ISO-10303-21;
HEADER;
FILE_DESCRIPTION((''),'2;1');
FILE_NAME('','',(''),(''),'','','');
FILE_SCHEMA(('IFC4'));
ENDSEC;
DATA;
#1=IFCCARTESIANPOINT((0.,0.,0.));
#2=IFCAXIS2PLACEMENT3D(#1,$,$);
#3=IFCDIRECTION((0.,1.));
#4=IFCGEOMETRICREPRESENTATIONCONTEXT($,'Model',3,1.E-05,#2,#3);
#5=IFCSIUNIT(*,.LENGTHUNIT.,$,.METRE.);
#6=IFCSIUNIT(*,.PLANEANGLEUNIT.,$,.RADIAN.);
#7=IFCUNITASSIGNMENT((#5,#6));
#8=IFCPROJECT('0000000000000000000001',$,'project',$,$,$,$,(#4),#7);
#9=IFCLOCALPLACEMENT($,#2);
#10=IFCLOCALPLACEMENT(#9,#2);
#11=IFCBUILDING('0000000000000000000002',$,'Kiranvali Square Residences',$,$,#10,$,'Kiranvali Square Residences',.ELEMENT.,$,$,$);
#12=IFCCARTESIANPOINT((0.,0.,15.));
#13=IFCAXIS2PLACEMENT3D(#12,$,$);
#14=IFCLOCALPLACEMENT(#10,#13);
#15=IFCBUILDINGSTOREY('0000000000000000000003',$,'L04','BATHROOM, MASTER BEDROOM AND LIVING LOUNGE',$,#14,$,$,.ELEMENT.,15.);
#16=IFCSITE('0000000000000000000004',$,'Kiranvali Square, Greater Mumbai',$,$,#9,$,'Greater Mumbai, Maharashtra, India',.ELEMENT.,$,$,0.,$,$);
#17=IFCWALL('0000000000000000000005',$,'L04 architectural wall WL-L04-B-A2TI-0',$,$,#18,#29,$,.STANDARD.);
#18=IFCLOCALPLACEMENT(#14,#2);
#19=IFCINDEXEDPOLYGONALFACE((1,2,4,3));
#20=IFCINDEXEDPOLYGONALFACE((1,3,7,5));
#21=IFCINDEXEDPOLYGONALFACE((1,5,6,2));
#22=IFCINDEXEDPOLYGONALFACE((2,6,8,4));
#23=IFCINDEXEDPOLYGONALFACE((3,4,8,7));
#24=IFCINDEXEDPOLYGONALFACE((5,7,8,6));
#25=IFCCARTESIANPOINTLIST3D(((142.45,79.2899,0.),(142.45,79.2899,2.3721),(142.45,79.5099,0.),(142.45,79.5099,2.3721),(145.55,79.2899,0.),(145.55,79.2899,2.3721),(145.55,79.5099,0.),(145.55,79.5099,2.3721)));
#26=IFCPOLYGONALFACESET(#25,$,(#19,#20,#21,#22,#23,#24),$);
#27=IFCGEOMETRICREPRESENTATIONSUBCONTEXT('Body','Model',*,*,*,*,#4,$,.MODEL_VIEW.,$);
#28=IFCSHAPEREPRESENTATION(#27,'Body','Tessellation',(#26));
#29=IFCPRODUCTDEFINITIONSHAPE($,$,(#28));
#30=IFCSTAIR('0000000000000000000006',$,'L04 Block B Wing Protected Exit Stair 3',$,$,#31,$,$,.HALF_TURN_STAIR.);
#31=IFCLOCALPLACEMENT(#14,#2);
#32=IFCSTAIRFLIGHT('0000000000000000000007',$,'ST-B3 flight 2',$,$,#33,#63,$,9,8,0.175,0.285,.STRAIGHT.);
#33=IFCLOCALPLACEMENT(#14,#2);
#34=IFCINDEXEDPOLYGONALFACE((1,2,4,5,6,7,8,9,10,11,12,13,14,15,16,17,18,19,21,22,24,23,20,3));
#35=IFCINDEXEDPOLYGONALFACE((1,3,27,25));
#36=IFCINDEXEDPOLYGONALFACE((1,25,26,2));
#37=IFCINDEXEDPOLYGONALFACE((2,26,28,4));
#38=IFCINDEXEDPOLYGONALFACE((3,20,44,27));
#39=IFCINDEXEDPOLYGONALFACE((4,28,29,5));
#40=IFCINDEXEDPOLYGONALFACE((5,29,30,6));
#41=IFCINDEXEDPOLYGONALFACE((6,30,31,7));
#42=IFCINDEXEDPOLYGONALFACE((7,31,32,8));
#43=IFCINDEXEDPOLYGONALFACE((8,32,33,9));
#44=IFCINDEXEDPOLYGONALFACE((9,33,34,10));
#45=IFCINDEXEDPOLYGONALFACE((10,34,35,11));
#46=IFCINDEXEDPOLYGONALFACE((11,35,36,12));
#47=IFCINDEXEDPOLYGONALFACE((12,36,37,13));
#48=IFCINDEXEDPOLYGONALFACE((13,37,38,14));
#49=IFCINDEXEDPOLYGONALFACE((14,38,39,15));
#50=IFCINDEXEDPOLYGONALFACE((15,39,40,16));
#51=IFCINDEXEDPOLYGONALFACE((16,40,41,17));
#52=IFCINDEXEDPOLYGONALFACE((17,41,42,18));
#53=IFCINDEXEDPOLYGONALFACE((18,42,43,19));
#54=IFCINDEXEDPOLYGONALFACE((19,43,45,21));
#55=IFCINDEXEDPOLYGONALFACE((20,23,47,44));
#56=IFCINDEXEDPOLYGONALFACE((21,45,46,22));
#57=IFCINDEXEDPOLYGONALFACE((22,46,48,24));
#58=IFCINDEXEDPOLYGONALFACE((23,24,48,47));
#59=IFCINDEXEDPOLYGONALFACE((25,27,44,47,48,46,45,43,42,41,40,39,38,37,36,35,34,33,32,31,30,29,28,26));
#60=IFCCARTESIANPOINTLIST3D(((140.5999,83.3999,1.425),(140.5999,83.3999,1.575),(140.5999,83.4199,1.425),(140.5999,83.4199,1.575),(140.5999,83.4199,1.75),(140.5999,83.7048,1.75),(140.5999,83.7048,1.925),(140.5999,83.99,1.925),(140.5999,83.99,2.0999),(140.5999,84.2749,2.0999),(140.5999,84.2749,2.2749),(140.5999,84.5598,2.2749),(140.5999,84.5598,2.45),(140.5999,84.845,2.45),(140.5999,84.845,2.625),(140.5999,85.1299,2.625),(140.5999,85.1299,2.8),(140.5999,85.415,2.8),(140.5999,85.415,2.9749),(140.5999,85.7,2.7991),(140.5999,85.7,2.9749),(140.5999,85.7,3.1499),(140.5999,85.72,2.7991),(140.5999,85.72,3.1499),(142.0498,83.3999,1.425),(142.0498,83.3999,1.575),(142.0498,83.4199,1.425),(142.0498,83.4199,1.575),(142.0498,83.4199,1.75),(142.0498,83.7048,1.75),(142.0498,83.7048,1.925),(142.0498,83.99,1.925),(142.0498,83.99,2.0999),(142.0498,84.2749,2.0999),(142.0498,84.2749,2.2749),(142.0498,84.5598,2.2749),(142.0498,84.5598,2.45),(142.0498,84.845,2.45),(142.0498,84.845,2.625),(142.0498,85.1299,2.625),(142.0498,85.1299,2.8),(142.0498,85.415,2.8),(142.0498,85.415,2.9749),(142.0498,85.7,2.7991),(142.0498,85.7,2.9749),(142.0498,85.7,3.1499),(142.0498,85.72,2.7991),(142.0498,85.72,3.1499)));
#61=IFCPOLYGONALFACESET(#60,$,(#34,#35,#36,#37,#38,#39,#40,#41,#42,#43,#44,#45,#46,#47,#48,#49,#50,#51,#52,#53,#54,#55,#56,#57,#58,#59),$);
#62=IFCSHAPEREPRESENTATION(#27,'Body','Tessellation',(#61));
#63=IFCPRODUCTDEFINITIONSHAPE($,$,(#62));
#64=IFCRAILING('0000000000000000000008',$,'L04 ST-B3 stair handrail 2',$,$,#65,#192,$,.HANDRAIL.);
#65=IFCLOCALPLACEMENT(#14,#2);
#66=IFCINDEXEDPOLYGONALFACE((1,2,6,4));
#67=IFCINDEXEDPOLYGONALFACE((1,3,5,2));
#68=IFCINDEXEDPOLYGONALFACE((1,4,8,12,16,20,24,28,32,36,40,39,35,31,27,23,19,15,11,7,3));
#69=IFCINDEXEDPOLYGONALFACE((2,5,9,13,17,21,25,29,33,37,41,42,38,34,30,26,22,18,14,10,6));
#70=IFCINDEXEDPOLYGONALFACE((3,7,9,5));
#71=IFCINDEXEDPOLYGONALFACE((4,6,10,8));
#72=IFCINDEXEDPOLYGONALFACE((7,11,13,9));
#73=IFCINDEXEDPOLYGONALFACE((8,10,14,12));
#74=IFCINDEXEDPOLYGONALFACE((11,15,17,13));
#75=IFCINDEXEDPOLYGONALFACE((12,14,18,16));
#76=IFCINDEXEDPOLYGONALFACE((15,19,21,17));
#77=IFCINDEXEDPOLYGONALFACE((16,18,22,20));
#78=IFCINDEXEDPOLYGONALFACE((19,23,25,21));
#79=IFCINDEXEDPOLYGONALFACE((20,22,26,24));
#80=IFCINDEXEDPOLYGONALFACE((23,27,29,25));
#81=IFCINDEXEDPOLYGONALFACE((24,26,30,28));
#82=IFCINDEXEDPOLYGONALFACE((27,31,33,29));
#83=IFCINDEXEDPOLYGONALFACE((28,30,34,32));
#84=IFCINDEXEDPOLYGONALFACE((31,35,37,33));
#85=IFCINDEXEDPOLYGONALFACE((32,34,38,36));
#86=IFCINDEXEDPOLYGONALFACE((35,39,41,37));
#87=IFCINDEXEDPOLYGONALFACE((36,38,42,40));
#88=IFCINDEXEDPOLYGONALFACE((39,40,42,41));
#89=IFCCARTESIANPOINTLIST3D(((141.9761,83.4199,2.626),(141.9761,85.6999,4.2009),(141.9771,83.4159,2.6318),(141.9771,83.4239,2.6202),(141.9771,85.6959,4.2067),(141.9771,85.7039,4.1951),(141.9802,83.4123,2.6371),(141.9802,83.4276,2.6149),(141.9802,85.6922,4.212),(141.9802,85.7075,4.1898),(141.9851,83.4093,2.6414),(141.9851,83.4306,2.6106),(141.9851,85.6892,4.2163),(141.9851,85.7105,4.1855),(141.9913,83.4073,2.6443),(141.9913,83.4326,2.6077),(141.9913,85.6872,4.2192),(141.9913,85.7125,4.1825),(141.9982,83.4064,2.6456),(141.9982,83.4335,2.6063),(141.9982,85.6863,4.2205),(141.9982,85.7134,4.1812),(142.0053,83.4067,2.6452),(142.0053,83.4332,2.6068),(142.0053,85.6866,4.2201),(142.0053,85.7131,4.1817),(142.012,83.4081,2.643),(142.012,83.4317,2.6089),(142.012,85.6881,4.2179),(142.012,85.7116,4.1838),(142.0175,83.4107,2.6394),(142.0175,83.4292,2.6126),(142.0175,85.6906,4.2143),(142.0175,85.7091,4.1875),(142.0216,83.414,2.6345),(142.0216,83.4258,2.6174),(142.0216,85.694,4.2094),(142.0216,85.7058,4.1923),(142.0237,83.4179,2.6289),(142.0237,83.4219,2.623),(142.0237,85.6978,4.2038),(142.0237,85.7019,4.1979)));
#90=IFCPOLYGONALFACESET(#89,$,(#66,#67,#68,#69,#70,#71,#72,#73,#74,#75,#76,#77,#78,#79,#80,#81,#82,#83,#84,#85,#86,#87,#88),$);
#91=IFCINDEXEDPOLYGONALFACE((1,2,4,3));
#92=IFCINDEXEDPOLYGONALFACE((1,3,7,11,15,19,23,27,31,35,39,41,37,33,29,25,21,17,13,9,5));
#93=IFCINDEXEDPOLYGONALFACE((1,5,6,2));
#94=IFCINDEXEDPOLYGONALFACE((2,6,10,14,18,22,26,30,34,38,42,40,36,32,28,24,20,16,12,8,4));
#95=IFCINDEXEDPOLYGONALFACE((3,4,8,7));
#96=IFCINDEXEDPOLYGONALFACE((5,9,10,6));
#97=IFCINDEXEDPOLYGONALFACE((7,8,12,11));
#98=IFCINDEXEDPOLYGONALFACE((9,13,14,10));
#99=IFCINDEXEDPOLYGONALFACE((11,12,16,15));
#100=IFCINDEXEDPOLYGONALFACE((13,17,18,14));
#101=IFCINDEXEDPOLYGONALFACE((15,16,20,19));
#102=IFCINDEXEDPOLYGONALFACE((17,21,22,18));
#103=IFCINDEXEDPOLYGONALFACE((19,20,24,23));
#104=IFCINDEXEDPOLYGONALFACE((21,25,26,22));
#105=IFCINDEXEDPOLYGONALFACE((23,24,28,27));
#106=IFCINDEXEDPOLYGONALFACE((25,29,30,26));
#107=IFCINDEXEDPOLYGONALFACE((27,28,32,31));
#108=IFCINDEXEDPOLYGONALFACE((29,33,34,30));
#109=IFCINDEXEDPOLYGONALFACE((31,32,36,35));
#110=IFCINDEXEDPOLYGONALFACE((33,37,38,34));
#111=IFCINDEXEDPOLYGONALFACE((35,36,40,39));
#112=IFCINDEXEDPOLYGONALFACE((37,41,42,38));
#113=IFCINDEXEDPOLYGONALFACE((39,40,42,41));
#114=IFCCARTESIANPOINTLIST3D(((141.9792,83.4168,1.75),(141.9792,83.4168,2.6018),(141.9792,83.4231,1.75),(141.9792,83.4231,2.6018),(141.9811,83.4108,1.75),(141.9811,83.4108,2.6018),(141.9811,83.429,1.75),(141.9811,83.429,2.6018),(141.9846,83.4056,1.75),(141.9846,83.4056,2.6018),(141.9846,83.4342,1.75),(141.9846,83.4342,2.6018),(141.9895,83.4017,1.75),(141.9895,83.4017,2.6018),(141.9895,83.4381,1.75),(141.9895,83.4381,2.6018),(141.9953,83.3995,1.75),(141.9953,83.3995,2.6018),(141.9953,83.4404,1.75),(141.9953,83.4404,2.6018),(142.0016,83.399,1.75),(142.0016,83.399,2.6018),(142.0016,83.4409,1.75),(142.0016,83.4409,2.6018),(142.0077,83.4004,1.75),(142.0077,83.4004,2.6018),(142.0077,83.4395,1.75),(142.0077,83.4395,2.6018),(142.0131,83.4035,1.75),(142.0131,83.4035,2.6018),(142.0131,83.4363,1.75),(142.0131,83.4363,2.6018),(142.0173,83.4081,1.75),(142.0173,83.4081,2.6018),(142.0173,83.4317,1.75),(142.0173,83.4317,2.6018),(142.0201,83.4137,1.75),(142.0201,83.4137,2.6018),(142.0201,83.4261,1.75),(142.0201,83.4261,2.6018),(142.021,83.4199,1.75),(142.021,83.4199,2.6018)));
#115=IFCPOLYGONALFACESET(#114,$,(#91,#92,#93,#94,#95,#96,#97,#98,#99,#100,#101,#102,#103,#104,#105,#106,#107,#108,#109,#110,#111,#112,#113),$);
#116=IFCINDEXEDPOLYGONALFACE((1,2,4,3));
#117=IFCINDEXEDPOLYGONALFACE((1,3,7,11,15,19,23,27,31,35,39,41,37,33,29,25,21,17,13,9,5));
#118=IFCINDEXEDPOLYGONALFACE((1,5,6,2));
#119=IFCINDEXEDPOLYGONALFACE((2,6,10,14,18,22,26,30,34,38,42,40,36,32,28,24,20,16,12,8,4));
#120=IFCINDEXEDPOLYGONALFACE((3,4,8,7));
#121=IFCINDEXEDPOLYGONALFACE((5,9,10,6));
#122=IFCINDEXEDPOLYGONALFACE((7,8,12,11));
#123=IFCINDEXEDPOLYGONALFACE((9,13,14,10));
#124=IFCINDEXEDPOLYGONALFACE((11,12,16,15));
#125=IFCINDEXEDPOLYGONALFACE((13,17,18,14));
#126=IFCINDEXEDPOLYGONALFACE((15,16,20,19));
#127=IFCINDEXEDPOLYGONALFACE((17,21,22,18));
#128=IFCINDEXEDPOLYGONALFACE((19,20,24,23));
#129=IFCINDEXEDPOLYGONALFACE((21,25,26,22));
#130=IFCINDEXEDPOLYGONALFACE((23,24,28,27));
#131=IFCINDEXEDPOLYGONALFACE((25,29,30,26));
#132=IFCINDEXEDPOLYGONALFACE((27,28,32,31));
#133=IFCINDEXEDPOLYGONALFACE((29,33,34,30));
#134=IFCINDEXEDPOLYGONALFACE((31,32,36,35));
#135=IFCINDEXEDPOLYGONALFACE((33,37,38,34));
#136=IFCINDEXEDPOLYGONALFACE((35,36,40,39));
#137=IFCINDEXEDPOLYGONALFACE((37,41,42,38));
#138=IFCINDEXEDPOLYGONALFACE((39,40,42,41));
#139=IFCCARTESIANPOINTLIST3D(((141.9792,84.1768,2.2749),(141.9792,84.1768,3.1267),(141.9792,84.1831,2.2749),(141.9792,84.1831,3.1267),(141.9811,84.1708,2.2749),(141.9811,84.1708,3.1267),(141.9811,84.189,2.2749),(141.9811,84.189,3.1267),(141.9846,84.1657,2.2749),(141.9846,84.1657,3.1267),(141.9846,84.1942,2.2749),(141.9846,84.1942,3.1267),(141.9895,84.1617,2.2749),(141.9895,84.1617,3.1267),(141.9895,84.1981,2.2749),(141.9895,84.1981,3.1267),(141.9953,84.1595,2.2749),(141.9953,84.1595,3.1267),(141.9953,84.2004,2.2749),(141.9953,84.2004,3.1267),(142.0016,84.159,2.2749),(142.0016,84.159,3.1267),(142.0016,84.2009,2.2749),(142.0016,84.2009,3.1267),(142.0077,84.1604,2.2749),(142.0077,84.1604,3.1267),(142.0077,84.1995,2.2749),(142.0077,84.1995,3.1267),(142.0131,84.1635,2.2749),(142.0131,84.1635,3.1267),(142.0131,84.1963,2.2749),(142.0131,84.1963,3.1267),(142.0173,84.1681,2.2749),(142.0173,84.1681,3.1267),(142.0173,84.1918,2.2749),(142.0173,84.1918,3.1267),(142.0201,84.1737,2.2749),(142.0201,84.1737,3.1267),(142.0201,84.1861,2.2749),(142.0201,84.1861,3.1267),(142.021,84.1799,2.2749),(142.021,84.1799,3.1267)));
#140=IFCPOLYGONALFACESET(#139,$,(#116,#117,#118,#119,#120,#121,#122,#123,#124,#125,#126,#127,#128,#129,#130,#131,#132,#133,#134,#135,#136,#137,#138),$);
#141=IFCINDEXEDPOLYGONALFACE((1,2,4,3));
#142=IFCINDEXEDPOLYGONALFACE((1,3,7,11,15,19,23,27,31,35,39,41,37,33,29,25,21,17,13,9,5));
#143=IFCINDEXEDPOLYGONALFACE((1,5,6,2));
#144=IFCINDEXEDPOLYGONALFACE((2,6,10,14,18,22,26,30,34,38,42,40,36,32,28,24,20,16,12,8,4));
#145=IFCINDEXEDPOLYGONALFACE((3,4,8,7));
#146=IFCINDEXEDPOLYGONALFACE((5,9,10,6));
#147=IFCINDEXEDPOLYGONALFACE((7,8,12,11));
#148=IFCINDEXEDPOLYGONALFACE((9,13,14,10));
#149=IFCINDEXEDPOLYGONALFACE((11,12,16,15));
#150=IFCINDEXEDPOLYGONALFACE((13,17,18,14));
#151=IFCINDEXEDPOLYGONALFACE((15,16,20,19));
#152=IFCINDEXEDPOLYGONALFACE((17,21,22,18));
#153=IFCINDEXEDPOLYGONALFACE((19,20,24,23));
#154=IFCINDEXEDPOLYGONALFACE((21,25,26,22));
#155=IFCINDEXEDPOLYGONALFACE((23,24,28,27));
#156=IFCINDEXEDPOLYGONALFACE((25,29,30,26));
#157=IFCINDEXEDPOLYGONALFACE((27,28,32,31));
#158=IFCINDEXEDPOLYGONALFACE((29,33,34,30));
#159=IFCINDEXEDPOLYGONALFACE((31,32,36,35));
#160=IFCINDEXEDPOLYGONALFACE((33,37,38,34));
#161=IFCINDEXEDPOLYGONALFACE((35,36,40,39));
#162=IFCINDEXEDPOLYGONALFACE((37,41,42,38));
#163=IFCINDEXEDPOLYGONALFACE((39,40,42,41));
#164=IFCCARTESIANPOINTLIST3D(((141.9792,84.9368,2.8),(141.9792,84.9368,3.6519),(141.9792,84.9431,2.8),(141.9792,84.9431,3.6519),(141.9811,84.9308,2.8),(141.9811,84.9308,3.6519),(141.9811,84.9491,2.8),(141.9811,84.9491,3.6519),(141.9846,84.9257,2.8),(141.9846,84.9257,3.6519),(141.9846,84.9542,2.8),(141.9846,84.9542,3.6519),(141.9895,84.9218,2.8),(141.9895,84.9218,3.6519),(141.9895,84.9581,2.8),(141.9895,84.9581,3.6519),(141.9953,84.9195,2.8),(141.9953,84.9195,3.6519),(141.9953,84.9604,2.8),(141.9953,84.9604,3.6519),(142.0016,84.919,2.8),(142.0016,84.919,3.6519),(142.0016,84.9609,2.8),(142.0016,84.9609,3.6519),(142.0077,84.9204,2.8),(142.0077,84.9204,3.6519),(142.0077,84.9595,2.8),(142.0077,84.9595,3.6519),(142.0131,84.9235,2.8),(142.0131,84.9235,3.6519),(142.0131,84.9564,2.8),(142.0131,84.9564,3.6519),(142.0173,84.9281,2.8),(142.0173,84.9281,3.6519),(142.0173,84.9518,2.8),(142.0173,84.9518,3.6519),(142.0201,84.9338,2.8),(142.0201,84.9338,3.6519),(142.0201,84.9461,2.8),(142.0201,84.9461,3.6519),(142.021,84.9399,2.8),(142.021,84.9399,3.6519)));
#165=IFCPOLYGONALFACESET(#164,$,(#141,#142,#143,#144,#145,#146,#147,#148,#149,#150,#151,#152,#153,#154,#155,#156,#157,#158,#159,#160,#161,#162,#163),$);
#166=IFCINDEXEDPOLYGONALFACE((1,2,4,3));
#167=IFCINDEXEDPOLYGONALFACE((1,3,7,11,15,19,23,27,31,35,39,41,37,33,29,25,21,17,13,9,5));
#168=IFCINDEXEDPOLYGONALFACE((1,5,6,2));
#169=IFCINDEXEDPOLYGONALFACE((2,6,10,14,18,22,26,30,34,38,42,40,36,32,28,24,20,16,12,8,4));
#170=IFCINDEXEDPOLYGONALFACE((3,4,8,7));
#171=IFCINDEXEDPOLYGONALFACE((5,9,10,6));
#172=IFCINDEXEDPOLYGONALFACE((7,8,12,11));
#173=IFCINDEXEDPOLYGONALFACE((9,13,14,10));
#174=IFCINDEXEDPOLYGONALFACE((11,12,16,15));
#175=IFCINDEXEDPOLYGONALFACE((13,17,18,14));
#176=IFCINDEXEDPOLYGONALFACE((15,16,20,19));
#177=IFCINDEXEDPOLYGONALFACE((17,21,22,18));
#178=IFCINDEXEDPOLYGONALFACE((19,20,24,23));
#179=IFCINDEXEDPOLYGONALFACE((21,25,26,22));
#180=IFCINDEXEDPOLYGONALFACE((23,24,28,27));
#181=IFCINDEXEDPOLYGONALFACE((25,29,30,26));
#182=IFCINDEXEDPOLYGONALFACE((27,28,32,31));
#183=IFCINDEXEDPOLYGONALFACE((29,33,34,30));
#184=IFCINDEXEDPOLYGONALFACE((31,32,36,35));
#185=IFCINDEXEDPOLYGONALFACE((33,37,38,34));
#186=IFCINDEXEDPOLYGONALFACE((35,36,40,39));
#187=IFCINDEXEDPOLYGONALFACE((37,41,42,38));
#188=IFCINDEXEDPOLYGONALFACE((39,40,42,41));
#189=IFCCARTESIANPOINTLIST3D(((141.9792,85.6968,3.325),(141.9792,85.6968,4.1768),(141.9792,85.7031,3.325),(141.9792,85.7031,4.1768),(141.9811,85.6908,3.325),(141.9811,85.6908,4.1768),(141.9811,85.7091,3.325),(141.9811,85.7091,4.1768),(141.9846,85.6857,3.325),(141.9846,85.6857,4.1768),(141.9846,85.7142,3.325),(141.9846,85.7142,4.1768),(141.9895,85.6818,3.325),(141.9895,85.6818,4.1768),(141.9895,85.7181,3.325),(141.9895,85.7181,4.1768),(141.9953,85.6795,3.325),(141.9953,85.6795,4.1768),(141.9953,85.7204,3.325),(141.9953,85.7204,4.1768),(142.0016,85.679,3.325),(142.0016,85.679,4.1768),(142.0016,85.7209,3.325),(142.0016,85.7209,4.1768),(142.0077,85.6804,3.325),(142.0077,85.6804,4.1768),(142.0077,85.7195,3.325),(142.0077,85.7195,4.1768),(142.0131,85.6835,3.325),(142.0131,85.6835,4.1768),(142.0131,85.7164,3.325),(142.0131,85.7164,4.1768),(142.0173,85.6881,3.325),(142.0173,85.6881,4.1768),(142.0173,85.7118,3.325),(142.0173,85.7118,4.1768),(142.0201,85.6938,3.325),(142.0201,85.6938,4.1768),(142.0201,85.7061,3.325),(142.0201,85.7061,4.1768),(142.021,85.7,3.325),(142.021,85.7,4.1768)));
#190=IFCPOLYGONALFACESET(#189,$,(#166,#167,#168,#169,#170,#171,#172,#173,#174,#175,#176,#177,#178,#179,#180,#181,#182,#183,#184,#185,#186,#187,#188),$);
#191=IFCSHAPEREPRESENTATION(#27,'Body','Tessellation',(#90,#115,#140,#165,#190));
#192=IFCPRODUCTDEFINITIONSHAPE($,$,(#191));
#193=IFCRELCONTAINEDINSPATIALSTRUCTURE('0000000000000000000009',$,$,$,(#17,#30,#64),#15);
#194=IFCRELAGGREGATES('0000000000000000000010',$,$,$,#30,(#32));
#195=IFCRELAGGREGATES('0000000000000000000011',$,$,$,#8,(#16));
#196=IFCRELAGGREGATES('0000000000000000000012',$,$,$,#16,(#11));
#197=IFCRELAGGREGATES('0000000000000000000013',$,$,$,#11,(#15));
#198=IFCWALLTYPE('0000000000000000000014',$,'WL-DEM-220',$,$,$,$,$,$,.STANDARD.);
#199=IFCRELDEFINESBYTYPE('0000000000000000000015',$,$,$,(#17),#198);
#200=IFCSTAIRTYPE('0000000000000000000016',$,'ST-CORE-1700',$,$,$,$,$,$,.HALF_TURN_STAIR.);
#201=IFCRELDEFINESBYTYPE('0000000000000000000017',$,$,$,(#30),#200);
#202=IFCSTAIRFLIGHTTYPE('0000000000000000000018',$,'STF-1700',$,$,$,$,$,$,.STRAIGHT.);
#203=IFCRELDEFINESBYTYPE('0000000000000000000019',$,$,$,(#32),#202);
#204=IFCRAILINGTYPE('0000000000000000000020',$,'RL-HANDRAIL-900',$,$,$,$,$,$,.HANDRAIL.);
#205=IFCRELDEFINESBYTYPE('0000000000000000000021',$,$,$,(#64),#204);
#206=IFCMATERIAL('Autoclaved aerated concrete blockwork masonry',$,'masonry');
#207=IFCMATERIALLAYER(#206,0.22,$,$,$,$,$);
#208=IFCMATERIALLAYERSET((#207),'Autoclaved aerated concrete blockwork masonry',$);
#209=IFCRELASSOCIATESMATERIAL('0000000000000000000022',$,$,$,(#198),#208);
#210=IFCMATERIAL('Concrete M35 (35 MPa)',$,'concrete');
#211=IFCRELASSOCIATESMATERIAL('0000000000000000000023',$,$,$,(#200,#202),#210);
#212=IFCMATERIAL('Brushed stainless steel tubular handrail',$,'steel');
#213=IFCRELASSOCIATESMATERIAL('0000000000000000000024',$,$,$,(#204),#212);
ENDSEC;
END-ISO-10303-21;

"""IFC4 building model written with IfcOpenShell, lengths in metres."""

from ifc_helpers import new_model, si_unit, direction, frame, frame_2d, origin, origin_2d, place, context, subcontext, project, spatial, polyline, rectangle, circle, outline, extrude, material, layer, layer_set, type_object, element, aggregate, save


model = new_model("IFC4")

# Units and contexts
model_context = context("Model", 3, precision=1e-05, world=origin(), true_north=direction((0.0, 1.0)))
body_context = subcontext(model_context, "Body", "Model", "MODEL_VIEW")
ifc_project = project(units=[si_unit("LENGTHUNIT", "METRE"), si_unit("PLANEANGLEUNIT", "RADIAN")], contexts=[model_context])

# Site, building, storey
site_placement = place(None, origin())
site = spatial("IfcSite", under=ifc_project, at=site_placement, Name="Kiranvali Square, Greater Mumbai", LongName="Greater Mumbai, Maharashtra, India", CompositionType="ELEMENT", RefElevation=0.0)
building_placement = place(site_placement, origin())
building = spatial("IfcBuilding", under=site, at=building_placement, Name="Kiranvali Square Residences", LongName="Kiranvali Square Residences", CompositionType="ELEMENT")
storey_placement = place(building_placement, frame((0.0, 0.0, 15.0)))
storey = spatial("IfcBuildingStorey", under=building, at=storey_placement, Name="L04", Description="BATHROOM, MASTER BEDROOM AND LIVING LOUNGE", CompositionType="ELEMENT", Elevation=15.0)

# Shared definitions
ifc_material_1 = material(Name="Autoclaved aerated concrete blockwork masonry", Category="masonry")

# Wall
ifc_layer_1 = layer(ifc_material_1, 0.22)
ifc_layer_set_1 = layer_set([ifc_layer_1], Name="Autoclaved aerated concrete blockwork masonry")
wall_type_1 = type_object("IfcWallType", Name="WL-DEM-220", PredefinedType="STANDARD", material=ifc_layer_set_1)
wall_1_placement = place(storey_placement, frame((142.45, 79.3999, 0.0), z_axis=(0.0, 0.0, 1.0), x_axis=(1.0, 0.0, 0.0)))
element("IfcWall", 1, at=wall_1_placement, inside=storey, type_object=wall_type_1, Name="L04 architectural wall WL-L04-B-A2TI-0", PredefinedType="STANDARD", context=body_context, shape_type="SweptSolid", body=[
    extrude(rectangle(XDim=3.1001, YDim=0.22, at=frame_2d((1.55, 0.0))), origin(), (0.0, 0.0, 1.0), 2.3721),
])

# Stair, stair flight
ifc_material_2 = material(Name="Concrete M35 (35 MPa)", Category="concrete")
stair_type = type_object("IfcStairType", Name="ST-CORE-1700", PredefinedType="HALF_TURN_STAIR", material=ifc_material_2)
stair_placement = place(storey_placement, origin())
stair = element("IfcStair", 2, at=stair_placement, inside=storey, type_object=stair_type, Name="L04 Block B Wing Protected Exit Stair 3", PredefinedType="HALF_TURN_STAIR")
stair_flight_type = type_object("IfcStairFlightType", Name="STF-1700", PredefinedType="STRAIGHT", material=ifc_material_2)
stair_flight_placement = place(storey_placement, frame((141.325, 83.4199, 1.575), z_axis=(0.0, 0.0, 1.0), x_axis=(0.0, 1.0, 0.0)))
stair_flight = element("IfcStairFlight", 3, at=stair_flight_placement, type_object=stair_flight_type, Name="ST-B3 flight 2", NumberOfRisers=9, NumberOfTreads=8, PredefinedType="STRAIGHT", RiserHeight=0.175, TreadLength=0.285, context=body_context, shape_type="SweptSolid", body=[
    extrude(outline(polyline([(-0.02, -0.1499), (-0.02, 0.0), (0.0, 0.0), (0.0, 0.175), (0.2849, 0.175), (0.2849, 0.3501), (0.5701, 0.3501), (0.5701, 0.5249), (0.855, 0.5249), (0.855, 0.7), (1.1399, 0.7), (1.1399, 0.875), (1.425, 0.875), (1.425, 1.05), (1.71, 1.05), (1.71, 1.2251), (1.9951, 1.2251), (1.9951, 1.3999), (2.28, 1.3999), (2.28, 1.575), (2.3, 1.575), (2.3, 1.2241), (2.28, 1.2241), (0.0, -0.1499), (-0.02, -0.1499)])), frame((0.0, 0.7251, 0.0), z_axis=(0.0, -1.0, 0.0), x_axis=(1.0, 0.0, 0.0)), (0.0, 0.0, 1.0), 1.45),
])
aggregate(stair, [stair_flight])

# Railing
ifc_material_3 = material(Name="Brushed stainless steel tubular handrail", Category="steel")
railing_type = type_object("IfcRailingType", Name="RL-HANDRAIL-900", PredefinedType="HANDRAIL", material=ifc_material_3)
railing_placement = place(storey_placement, frame((142.0, 83.4199, 1.75)))
element("IfcRailing", 4, at=railing_placement, inside=storey, type_object=railing_type, Name="L04 ST-B3 stair handrail 2", PredefinedType="HANDRAIL", context=body_context, shape_type="SweptSolid", body=[
    extrude(circle(Radius=0.0239, at=origin_2d()), frame((0.0, 0.0, 0.876), z_axis=(0.0, 0.822788, 0.568348), x_axis=(-1.0, 0.0, 0.0)), (0.0, 0.0, 1.0), 2.771),
    extrude(circle(Radius=0.021, at=origin_2d()), origin(), (0.0, 0.0, 1.0), 0.8518),
    extrude(circle(Radius=0.021, at=origin_2d()), frame((0.0, 0.76, 0.5249)), (0.0, 0.0, 1.0), 0.8518),
    extrude(circle(Radius=0.021, at=origin_2d()), frame((0.0, 1.52, 1.05)), (0.0, 0.0, 1.0), 0.8518),
    extrude(circle(Radius=0.021, at=origin_2d()), frame((0.0, 2.28, 1.575)), (0.0, 0.0, 1.0), 0.8518),
])

save(model, "model.ifc")
